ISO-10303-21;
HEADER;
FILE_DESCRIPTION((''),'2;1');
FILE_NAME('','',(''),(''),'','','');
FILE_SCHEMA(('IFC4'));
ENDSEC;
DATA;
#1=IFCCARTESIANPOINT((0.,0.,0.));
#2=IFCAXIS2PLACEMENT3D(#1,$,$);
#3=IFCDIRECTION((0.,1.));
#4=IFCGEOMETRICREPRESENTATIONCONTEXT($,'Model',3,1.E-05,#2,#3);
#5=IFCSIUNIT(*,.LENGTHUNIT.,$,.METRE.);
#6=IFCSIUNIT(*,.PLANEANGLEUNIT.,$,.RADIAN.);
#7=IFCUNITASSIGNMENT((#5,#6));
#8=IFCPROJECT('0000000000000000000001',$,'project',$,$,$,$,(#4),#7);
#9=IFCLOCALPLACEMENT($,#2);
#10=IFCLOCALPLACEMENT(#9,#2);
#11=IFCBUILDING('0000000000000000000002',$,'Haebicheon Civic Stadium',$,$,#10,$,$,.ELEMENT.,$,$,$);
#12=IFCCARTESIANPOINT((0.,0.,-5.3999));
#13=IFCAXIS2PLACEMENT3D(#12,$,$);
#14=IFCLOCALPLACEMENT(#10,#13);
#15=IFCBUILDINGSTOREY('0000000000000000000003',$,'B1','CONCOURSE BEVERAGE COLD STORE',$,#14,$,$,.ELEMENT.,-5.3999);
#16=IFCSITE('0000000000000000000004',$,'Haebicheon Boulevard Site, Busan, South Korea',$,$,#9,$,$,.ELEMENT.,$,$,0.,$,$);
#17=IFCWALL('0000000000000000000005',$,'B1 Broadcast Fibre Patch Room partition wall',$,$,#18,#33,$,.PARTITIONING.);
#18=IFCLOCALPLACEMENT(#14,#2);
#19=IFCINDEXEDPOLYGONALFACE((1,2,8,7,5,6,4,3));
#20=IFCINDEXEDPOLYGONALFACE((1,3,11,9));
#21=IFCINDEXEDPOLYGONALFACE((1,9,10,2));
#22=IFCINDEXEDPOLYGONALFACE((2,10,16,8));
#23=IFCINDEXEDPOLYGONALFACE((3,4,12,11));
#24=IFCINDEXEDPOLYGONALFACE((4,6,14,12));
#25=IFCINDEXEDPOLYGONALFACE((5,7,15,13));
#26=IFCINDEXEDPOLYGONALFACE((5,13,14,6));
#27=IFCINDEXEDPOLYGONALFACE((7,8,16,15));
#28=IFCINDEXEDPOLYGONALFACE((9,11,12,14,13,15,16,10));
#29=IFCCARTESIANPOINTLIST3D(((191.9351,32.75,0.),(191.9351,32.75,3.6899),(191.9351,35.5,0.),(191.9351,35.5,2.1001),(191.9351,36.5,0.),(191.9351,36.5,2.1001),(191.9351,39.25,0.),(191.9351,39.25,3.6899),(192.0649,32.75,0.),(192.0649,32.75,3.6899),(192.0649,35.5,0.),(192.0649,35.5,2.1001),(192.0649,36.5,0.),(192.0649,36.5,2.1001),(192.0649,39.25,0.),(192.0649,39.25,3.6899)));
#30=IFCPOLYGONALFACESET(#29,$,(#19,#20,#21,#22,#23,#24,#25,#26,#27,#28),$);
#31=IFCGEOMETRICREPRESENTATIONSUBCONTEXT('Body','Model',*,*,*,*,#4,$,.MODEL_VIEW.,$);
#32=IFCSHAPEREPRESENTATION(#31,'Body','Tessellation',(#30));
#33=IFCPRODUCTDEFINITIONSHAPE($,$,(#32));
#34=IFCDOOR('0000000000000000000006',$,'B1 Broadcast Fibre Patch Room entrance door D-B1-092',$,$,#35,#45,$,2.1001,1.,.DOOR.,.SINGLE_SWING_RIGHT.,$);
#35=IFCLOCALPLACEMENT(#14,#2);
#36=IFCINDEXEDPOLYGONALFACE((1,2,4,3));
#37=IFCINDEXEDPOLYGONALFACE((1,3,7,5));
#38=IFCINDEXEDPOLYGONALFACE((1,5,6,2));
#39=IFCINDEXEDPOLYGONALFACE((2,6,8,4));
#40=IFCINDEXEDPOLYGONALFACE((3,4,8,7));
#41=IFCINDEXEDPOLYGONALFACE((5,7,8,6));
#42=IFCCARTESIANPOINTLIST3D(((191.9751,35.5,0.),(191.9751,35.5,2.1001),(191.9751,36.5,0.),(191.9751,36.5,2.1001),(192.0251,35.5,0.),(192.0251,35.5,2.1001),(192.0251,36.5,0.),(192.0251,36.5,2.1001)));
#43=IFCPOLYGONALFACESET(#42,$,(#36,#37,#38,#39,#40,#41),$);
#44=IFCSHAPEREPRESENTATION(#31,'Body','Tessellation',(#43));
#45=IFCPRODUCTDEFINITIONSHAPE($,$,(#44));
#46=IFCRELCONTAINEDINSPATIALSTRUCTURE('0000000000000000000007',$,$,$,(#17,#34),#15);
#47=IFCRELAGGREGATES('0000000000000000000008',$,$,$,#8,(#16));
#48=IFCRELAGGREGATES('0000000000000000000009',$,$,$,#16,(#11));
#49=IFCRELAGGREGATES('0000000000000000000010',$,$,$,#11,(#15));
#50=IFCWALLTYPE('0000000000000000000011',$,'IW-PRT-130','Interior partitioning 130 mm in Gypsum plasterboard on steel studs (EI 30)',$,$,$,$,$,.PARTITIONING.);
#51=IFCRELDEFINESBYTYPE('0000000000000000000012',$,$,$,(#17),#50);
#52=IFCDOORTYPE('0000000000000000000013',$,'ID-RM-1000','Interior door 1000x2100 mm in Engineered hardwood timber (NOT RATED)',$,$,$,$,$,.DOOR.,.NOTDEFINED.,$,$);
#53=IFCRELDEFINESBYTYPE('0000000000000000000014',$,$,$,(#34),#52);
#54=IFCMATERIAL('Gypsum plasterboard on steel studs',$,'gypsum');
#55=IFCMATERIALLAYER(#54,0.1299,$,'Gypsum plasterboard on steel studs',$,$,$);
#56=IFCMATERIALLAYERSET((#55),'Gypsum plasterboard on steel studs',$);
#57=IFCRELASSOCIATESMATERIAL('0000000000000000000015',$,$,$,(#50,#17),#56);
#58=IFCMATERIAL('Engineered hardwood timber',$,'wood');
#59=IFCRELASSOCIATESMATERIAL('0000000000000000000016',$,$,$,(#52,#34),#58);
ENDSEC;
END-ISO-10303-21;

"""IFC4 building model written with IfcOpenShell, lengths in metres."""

from ifc_helpers import new_model, si_unit, direction, frame, frame_2d, origin, place, context, subcontext, project, spatial, rectangle, extrude, material, layer, layer_set, type_object, element, fill, save


model = new_model("IFC4")

# Units and contexts
model_context = context("Model", 3, precision=1e-05, world=origin(), true_north=direction((0.0, 1.0)))
body_context = subcontext(model_context, "Body", "Model", "MODEL_VIEW")
ifc_project = project(units=[si_unit("LENGTHUNIT", "METRE"), si_unit("PLANEANGLEUNIT", "RADIAN")], contexts=[model_context])

# Site, building, storey
site_placement = place(None, origin())
site = spatial("IfcSite", under=ifc_project, at=site_placement, Name="Haebicheon Boulevard Site, Busan, South Korea", CompositionType="ELEMENT", RefElevation=0.0)
building_placement = place(site_placement, origin())
building = spatial("IfcBuilding", under=site, at=building_placement, Name="Haebicheon Civic Stadium", CompositionType="ELEMENT")
storey_placement = place(building_placement, frame((0.0, 0.0, -5.3999)))
storey = spatial("IfcBuildingStorey", under=building, at=storey_placement, Name="B1", Description="CONCOURSE BEVERAGE COLD STORE", CompositionType="ELEMENT", Elevation=-5.3999)

# Wall, opening, door
ifc_material_1 = material(Name="Gypsum plasterboard on steel studs", Category="gypsum")
ifc_layer_1 = layer(ifc_material_1, 0.1299, Name="Gypsum plasterboard on steel studs")
ifc_layer_set_1 = layer_set([ifc_layer_1], Name="Gypsum plasterboard on steel studs")
wall_type = type_object("IfcWallType", Name="IW-PRT-130", Description="Interior partitioning 130 mm in Gypsum plasterboard on steel studs (EI 30)", PredefinedType="PARTITIONING", material=ifc_layer_set_1)
wall_placement = place(storey_placement, frame((192.0, 32.75, 0.0), z_axis=(0.0, 0.0, 1.0), x_axis=(0.0, 1.0, 0.0)))
wall = element("IfcWall", 1, at=wall_placement, inside=storey, type_object=wall_type, material=ifc_layer_set_1, Name="B1 Broadcast Fibre Patch Room partition wall", PredefinedType="PARTITIONING", context=body_context, shape_type="SweptSolid", body=[
    extrude(rectangle(XDim=6.5, YDim=0.1299, at=frame_2d((3.25, 0.0))), origin(), (0.0, 0.0, 1.0), 3.6899),
])
opening_placement = place(wall_placement, frame((2.75, 0.0, 0.0)))
opening = element("IfcOpeningElement", 2, at=opening_placement, cuts=wall, PredefinedType="OPENING", context=body_context, shape_type="SweptSolid", body=[
    extrude(rectangle(XDim=1.0, YDim=2.1001, at=frame_2d((0.5, 1.05))), frame((0.0, 0.075, 0.0), z_axis=(0.0, -1.0, 0.0), x_axis=(1.0, 0.0, 0.0)), (0.0, 0.0, 1.0), 0.1499),
])
ifc_material_2 = material(Name="Engineered hardwood timber", Category="wood")
door_type = type_object("IfcDoorType", Name="ID-RM-1000", Description="Interior door 1000x2100 mm in Engineered hardwood timber (NOT RATED)", OperationType="NOTDEFINED", PredefinedType="DOOR", material=ifc_material_2)
door_placement = place(opening_placement, origin())
door = element("IfcDoor", 3, at=door_placement, inside=storey, type_object=door_type, material=ifc_material_2, Name="B1 Broadcast Fibre Patch Room entrance door D-B1-092", OperationType="SINGLE_SWING_RIGHT", OverallHeight=2.1001, OverallWidth=1.0, PredefinedType="DOOR", context=body_context, shape_type="SweptSolid", body=[
    extrude(rectangle(XDim=1.0, YDim=2.1001, at=frame_2d((0.5, 1.05))), frame((0.0, 0.0249, 0.0), z_axis=(0.0, -1.0, 0.0), x_axis=(1.0, 0.0, 0.0)), (0.0, 0.0, 1.0), 0.05),
])
fill(opening, door)

save(model, "model.ifc")
